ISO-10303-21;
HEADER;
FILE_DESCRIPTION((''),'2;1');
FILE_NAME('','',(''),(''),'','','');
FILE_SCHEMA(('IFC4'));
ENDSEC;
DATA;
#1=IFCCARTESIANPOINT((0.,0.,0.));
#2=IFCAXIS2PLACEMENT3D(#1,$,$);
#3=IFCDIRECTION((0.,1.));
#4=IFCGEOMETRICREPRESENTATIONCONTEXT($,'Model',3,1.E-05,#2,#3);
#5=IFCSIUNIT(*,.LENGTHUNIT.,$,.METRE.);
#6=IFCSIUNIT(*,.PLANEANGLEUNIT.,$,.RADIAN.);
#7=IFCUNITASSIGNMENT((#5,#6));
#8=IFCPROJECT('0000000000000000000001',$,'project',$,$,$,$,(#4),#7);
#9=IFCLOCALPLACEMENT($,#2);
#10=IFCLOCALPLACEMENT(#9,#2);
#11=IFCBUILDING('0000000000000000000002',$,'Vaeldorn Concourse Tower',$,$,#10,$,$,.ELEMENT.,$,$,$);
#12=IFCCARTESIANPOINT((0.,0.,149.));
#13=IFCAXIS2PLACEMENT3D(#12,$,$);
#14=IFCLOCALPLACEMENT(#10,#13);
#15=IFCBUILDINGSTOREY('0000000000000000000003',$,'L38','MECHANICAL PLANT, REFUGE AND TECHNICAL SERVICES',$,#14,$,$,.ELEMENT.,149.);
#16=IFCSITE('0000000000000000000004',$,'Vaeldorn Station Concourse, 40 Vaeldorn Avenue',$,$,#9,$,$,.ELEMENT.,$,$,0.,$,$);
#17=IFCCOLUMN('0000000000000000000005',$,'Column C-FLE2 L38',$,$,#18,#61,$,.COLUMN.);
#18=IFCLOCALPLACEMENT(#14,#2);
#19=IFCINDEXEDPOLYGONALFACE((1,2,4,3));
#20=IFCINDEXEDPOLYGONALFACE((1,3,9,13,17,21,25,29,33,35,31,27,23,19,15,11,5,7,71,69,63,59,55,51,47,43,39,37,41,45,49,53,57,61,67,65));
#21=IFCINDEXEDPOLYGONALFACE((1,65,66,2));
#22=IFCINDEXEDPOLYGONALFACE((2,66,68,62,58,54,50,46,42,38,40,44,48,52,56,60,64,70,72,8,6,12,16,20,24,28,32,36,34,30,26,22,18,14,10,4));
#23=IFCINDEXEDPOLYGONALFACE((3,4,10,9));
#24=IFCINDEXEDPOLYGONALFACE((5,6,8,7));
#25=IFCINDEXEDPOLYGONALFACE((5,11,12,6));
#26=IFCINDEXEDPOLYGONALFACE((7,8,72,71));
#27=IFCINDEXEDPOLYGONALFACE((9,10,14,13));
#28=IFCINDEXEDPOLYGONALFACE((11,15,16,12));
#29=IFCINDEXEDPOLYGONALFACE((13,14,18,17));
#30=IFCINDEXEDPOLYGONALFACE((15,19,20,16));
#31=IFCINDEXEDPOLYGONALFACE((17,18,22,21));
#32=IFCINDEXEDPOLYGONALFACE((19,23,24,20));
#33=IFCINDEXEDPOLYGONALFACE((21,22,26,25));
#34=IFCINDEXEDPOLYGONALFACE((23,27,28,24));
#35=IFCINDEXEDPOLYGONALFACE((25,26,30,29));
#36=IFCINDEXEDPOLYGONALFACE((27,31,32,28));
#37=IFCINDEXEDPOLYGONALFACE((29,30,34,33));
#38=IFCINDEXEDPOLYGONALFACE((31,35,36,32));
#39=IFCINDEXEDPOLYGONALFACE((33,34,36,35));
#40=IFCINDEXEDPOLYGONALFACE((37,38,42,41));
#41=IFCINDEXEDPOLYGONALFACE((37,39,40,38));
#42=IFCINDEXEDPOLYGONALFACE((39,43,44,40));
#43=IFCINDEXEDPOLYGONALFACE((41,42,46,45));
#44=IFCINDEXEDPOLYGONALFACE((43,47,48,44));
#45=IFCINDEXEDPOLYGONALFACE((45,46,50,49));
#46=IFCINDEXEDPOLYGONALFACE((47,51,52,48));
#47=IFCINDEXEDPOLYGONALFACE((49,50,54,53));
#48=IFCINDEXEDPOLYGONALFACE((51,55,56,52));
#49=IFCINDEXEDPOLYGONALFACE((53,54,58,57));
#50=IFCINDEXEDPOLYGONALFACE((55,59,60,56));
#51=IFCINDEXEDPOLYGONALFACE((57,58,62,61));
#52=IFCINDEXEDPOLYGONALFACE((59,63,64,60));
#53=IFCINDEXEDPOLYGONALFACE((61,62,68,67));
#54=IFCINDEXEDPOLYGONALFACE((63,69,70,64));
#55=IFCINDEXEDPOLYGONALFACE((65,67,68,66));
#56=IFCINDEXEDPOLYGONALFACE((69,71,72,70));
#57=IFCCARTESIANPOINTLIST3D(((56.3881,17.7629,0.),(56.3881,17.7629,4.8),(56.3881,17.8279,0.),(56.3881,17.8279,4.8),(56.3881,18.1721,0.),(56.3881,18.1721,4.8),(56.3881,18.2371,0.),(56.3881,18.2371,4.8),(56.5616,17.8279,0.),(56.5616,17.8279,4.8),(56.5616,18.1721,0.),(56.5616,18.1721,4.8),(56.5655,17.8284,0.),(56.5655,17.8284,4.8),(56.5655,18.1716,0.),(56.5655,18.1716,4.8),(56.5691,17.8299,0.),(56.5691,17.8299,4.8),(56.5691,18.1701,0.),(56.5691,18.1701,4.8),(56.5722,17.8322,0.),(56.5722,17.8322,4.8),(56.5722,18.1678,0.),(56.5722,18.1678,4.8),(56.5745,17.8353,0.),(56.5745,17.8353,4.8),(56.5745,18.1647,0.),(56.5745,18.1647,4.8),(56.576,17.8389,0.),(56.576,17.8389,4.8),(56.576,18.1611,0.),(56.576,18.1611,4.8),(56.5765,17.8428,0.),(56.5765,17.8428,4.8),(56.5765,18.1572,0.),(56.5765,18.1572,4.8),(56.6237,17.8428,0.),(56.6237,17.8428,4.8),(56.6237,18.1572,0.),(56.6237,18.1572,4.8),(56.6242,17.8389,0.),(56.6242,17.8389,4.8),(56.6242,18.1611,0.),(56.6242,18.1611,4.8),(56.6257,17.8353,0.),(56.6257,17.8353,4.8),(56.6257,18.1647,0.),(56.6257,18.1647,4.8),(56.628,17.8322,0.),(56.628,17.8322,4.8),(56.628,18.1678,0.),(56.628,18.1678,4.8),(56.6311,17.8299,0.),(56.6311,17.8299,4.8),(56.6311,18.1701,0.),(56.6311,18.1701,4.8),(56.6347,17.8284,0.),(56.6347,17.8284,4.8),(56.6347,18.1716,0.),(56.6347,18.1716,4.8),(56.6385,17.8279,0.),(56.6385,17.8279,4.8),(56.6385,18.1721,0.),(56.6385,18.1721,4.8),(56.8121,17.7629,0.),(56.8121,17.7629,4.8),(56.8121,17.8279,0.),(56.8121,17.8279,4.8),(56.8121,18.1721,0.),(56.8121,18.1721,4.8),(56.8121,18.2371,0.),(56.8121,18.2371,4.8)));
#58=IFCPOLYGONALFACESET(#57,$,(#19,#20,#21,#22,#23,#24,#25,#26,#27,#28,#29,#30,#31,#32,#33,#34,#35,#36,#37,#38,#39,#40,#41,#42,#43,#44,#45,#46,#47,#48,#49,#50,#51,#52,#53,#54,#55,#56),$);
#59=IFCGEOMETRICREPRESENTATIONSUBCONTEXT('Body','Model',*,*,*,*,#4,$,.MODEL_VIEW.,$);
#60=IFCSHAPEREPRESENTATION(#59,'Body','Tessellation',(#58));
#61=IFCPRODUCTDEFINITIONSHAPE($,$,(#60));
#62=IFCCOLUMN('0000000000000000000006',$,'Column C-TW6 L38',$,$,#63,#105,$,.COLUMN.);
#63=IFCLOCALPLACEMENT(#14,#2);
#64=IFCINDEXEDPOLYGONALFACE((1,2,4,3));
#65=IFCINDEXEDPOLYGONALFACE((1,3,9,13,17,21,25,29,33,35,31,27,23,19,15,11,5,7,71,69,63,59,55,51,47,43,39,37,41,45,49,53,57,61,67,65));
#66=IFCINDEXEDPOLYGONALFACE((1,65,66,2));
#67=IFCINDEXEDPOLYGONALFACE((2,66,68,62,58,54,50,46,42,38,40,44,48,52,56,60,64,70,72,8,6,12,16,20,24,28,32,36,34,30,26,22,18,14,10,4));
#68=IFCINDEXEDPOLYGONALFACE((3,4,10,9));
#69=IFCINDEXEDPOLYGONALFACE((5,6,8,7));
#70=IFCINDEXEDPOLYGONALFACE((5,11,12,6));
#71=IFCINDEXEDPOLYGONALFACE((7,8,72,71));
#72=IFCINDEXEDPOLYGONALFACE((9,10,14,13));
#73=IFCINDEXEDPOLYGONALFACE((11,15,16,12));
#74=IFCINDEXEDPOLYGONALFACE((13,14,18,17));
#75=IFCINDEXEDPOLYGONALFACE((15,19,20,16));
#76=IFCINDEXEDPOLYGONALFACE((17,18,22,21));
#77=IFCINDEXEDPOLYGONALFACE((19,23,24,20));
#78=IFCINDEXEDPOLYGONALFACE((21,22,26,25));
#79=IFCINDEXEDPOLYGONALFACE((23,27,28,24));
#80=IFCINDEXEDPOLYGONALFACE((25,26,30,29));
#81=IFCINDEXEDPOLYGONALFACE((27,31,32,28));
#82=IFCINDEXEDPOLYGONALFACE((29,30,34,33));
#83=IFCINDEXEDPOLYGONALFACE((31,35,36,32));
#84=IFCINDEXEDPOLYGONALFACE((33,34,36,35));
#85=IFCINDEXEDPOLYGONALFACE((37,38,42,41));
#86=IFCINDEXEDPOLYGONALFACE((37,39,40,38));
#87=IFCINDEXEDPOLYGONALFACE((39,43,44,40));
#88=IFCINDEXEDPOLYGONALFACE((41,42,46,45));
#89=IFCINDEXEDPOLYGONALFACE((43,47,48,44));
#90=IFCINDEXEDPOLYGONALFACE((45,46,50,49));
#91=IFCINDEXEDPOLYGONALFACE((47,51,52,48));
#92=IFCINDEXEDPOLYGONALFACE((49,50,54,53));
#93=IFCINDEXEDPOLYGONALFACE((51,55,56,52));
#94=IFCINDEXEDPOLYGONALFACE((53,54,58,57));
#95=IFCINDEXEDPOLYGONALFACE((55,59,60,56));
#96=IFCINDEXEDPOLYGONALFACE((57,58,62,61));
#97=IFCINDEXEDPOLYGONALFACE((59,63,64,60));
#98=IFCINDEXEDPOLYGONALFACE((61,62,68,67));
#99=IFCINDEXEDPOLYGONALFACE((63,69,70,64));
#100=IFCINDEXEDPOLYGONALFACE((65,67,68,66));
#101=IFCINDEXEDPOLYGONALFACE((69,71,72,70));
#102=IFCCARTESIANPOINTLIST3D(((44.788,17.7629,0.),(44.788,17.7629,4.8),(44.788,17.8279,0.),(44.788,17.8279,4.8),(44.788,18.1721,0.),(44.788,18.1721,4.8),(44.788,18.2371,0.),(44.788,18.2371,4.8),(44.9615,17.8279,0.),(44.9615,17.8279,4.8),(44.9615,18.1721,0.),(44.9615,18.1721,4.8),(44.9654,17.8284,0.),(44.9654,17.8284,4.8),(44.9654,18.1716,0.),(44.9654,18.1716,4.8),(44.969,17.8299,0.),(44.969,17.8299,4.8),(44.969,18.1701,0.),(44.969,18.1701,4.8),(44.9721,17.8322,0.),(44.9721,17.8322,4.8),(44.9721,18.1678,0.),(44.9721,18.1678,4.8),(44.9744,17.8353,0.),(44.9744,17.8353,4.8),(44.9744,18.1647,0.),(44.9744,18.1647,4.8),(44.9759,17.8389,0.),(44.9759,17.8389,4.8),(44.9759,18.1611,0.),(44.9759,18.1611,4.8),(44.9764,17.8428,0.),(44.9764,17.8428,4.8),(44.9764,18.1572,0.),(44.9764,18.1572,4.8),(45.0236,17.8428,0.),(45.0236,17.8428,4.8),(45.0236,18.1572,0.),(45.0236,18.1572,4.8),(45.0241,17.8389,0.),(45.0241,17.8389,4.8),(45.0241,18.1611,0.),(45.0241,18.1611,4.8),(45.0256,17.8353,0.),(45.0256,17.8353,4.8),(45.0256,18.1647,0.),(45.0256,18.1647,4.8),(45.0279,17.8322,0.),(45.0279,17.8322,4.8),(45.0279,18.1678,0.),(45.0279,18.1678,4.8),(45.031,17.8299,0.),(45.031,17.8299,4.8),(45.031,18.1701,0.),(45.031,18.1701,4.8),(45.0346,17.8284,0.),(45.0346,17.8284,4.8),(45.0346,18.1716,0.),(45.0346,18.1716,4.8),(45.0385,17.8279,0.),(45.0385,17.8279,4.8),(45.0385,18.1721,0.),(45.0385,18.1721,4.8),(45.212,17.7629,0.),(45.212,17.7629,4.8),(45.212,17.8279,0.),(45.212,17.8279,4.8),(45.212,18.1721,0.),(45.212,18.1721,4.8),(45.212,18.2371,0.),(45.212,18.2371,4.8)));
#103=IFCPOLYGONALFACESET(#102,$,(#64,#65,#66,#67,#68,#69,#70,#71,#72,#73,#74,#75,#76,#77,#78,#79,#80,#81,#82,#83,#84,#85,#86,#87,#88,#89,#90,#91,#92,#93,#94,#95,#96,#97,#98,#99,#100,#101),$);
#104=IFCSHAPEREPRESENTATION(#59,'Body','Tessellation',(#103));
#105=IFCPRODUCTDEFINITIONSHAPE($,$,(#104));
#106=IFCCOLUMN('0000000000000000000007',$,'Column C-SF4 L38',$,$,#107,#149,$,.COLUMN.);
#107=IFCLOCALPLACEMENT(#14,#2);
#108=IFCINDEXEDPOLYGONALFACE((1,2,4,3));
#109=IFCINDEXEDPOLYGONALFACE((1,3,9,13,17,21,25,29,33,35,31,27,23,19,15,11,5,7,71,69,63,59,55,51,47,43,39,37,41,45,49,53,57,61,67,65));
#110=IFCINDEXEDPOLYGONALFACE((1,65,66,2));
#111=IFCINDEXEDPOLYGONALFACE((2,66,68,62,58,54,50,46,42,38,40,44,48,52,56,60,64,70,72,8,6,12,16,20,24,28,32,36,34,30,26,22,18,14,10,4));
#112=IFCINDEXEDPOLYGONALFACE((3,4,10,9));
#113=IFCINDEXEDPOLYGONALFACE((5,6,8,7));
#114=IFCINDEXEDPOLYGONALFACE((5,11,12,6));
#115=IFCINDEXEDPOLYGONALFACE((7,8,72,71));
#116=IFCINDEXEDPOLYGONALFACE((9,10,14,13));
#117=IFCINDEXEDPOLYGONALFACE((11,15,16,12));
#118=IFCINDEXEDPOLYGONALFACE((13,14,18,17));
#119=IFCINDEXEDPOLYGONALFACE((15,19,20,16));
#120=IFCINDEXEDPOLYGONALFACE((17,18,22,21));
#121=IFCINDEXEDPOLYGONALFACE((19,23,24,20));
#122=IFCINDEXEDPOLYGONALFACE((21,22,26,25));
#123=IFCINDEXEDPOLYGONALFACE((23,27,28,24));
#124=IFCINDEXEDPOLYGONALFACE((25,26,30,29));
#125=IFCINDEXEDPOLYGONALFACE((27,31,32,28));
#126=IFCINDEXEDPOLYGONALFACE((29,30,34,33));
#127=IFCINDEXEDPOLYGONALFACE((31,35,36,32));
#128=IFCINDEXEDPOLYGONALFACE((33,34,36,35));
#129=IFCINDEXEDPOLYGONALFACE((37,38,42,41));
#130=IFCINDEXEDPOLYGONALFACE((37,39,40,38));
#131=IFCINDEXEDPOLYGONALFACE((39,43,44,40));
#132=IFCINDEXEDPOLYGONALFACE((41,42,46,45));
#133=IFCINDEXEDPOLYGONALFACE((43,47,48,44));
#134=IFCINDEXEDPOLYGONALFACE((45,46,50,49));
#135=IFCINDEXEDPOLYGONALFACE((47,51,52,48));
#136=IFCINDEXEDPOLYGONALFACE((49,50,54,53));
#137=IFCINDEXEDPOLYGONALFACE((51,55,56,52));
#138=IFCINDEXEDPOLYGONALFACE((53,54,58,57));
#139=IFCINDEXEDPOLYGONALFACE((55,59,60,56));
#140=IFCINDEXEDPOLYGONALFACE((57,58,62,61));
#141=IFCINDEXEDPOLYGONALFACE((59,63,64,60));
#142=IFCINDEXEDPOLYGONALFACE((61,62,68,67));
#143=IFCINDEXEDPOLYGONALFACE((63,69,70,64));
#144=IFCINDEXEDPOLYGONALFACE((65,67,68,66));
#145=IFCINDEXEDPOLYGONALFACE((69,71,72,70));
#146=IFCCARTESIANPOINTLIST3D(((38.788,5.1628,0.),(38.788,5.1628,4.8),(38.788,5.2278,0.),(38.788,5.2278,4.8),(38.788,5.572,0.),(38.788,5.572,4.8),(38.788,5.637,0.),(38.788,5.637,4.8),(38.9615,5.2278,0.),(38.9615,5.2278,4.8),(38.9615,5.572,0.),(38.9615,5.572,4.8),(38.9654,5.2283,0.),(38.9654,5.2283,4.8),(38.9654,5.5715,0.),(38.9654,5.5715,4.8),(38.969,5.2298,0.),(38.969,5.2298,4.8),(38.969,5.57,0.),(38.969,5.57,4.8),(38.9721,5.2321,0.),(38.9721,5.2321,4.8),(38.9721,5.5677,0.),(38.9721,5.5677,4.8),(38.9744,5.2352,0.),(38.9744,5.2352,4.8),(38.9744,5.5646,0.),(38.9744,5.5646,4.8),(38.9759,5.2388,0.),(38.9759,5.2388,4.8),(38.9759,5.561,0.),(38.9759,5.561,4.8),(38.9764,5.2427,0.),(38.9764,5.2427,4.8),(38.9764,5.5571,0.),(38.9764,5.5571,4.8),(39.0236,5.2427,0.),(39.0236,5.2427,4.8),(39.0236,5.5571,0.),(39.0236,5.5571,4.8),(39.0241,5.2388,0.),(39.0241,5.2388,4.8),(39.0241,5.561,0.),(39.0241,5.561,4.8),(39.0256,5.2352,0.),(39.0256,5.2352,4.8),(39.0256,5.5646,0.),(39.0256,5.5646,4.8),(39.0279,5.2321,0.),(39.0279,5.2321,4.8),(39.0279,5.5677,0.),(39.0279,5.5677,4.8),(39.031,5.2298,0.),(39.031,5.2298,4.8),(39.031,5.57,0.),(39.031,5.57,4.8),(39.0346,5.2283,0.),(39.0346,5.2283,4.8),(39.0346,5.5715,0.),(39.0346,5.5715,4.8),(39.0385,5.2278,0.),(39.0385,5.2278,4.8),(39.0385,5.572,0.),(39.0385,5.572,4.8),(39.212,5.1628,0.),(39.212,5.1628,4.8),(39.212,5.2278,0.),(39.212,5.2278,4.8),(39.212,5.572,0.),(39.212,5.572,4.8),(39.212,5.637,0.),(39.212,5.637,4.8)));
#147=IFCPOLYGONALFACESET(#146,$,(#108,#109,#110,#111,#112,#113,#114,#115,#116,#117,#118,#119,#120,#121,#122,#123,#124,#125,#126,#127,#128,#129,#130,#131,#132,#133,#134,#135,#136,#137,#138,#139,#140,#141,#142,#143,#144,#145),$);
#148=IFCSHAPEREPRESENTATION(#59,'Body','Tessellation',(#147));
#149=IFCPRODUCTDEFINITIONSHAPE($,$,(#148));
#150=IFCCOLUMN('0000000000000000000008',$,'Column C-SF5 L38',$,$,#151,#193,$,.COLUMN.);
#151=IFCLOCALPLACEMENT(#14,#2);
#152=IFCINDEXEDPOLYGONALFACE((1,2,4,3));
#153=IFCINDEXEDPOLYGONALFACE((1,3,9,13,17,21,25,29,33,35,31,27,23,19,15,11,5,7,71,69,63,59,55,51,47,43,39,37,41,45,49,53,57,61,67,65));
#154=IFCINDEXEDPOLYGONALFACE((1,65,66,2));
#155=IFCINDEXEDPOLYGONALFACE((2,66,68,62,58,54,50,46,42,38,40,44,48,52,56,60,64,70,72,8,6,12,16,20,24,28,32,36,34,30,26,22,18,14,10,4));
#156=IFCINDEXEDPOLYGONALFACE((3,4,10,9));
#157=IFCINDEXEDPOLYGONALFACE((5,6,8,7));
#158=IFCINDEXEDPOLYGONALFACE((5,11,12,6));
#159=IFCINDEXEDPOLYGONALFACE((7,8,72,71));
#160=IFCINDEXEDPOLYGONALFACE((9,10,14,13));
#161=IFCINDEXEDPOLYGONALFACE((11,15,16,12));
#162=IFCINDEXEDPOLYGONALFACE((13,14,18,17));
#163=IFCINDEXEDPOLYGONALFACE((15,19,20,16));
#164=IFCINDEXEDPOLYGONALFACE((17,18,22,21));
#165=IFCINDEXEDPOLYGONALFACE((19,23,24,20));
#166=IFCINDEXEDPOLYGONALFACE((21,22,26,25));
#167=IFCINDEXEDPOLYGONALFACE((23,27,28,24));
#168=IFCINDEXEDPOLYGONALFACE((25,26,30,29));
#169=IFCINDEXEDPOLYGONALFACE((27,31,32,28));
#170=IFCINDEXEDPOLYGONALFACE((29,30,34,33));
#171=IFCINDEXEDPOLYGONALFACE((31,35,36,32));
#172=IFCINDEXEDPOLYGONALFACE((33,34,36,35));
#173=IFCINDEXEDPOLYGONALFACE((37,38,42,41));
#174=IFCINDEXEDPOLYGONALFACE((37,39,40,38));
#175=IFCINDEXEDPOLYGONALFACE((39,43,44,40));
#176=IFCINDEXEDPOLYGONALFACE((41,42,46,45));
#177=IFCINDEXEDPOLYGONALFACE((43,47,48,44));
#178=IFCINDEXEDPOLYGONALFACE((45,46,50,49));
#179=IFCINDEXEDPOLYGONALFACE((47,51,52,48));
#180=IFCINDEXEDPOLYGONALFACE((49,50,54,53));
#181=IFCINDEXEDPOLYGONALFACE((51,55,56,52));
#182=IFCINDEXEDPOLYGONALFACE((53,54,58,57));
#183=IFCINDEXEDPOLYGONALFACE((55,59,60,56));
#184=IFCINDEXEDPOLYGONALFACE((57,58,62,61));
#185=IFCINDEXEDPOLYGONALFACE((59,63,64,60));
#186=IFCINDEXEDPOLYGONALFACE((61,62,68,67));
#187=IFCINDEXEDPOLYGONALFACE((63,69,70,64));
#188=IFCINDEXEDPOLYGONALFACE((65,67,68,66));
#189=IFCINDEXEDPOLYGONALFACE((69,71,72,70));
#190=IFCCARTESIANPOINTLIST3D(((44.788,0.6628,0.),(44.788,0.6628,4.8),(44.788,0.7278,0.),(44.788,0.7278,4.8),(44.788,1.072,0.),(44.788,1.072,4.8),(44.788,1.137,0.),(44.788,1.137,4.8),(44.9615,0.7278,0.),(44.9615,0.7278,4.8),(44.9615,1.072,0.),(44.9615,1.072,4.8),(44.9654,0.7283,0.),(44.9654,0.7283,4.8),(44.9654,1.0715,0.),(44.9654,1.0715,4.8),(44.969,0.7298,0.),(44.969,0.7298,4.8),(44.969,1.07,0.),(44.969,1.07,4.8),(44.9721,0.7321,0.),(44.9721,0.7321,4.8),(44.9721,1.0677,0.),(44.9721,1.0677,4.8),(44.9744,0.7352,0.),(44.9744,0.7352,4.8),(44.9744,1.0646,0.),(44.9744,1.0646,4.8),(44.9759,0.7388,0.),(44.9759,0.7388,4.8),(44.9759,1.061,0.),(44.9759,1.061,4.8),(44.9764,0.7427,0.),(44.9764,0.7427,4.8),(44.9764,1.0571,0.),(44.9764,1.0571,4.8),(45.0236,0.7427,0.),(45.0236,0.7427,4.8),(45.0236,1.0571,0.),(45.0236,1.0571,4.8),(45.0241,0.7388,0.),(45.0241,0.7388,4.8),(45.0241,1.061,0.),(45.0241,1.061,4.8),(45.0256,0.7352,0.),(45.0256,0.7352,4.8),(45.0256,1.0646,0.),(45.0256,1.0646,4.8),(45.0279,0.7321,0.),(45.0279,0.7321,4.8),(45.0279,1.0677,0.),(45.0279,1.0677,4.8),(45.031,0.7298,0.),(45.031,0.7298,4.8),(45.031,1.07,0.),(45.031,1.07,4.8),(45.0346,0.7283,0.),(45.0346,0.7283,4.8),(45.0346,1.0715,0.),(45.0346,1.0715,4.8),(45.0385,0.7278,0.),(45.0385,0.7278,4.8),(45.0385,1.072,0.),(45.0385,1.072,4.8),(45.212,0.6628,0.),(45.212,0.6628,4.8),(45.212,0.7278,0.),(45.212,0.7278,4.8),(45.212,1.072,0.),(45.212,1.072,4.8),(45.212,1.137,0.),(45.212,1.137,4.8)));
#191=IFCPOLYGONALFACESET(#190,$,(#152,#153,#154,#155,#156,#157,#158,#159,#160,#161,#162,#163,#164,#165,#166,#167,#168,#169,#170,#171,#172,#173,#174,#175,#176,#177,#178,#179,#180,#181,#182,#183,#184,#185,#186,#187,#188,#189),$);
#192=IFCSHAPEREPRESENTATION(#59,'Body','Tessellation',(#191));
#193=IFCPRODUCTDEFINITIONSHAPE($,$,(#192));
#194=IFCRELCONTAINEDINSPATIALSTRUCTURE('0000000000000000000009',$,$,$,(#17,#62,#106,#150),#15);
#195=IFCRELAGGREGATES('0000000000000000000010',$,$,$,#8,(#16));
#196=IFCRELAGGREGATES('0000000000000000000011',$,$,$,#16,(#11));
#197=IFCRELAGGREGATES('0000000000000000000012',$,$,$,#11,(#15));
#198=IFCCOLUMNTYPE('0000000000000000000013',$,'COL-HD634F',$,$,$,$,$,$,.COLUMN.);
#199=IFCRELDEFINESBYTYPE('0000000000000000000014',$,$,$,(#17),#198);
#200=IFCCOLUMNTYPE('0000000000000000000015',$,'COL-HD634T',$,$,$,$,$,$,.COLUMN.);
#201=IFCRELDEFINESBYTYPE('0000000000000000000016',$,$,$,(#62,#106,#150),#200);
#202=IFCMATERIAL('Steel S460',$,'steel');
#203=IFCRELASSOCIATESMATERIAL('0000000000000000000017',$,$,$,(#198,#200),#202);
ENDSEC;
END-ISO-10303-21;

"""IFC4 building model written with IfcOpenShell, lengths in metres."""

from ifc_helpers import new_model, si_unit, direction, frame, origin, origin_2d, place, context, subcontext, project, spatial, i_section, extrude, source, transform, mapped, material, material_profile, profile_set, type_object, element, save


model = new_model("IFC4")

# Units and contexts
model_context = context("Model", 3, precision=1e-05, world=origin(), true_north=direction((0.0, 1.0)))
body_context = subcontext(model_context, "Body", "Model", "MODEL_VIEW")
ifc_project = project(units=[si_unit("LENGTHUNIT", "METRE"), si_unit("PLANEANGLEUNIT", "RADIAN")], contexts=[model_context])

# Site, building, storey
site_placement = place(None, origin())
site = spatial("IfcSite", under=ifc_project, at=site_placement, Name="Vaeldorn Station Concourse, 40 Vaeldorn Avenue", CompositionType="ELEMENT", RefElevation=0.0)
building_placement = place(site_placement, origin())
building = spatial("IfcBuilding", under=site, at=building_placement, Name="Vaeldorn Concourse Tower", CompositionType="ELEMENT")
storey_placement = place(building_placement, frame((0.0, 0.0, 149.0)))
storey = spatial("IfcBuildingStorey", under=building, at=storey_placement, Name="L38", Description="MECHANICAL PLANT, REFUGE AND TECHNICAL SERVICES", CompositionType="ELEMENT", Elevation=149.0)

# Columns
ifc_material_1 = material(Name="Steel S460", Category="steel")
ifc_material_profile_1 = material_profile(ifc_material_1, i_section(OverallWidth=0.4241, OverallDepth=0.4741, WebThickness=0.0471, FlangeThickness=0.0649, FilletRadius=0.0149, at=origin_2d()), Name="HD 400x634")
ifc_profile_set_1 = profile_set([ifc_material_profile_1], Name="Steel S460")
column_type_1 = type_object("IfcColumnType", Name="COL-HD634F", PredefinedType="COLUMN", material=ifc_profile_set_1)
shared_shape_1 = source(origin(), body_context, "Body", "SweptSolid", [
    extrude(i_section(OverallWidth=0.4241, OverallDepth=0.4741, WebThickness=0.0471, FlangeThickness=0.0649, FilletRadius=0.0149, at=origin_2d()), origin(), (0.0, 0.0, 1.0), 4.8),
])
column_placement = place(storey_placement, frame((56.6001, 18.0, 0.0), z_axis=(0.0, 0.0, 1.0), x_axis=(1.0, 0.0, 0.0)))
element("IfcColumn", 1, at=column_placement, inside=storey, type_object=column_type_1, Name="Column C-FLE2 L38", PredefinedType="COLUMN", context=body_context, shape_type="MappedRepresentation", body=[
    mapped(shared_shape_1, transform((0.0, 0.0, 0.0), scale=1.0)),
])
ifc_material_profile_2 = material_profile(ifc_material_1, i_section(OverallWidth=0.4241, OverallDepth=0.4741, WebThickness=0.0471, FlangeThickness=0.0649, FilletRadius=0.0149, at=origin_2d()), Name="HD 400x634")
ifc_profile_set_2 = profile_set([ifc_material_profile_2], Name="Steel S460")
column_type_2 = type_object("IfcColumnType", Name="COL-HD634T", PredefinedType="COLUMN", material=ifc_profile_set_2)
shared_shape_2 = source(origin(), body_context, "Body", "SweptSolid", [
    extrude(i_section(OverallWidth=0.4241, OverallDepth=0.4741, WebThickness=0.0471, FlangeThickness=0.0649, FilletRadius=0.0149, at=origin_2d()), origin(), (0.0, 0.0, 1.0), 4.8),
])
for number, where, z_axis, x_axis, name in (
    (2, (45.0, 18.0, 0.0), (0.0, 0.0, 1.0), (1.0, 0.0, 0.0), "Column C-TW6 L38"),
    (3, (39.0, 5.3999, 0.0), (0.0, 0.0, 1.0), (1.0, 0.0, 0.0), "Column C-SF4 L38"),
    (4, (45.0, 0.8999, 0.0), (0.0, 0.0, 1.0), (1.0, 0.0, 0.0), "Column C-SF5 L38"),
):
    element("IfcColumn", number, at=place(storey_placement, frame(where, z_axis=z_axis, x_axis=x_axis)), inside=storey, type_object=column_type_2, Name=name, PredefinedType="COLUMN", context=body_context, shape_type="MappedRepresentation", body=[
        mapped(shared_shape_2, transform((0.0, 0.0, 0.0), scale=1.0)),
    ])

save(model, "model.ifc")
